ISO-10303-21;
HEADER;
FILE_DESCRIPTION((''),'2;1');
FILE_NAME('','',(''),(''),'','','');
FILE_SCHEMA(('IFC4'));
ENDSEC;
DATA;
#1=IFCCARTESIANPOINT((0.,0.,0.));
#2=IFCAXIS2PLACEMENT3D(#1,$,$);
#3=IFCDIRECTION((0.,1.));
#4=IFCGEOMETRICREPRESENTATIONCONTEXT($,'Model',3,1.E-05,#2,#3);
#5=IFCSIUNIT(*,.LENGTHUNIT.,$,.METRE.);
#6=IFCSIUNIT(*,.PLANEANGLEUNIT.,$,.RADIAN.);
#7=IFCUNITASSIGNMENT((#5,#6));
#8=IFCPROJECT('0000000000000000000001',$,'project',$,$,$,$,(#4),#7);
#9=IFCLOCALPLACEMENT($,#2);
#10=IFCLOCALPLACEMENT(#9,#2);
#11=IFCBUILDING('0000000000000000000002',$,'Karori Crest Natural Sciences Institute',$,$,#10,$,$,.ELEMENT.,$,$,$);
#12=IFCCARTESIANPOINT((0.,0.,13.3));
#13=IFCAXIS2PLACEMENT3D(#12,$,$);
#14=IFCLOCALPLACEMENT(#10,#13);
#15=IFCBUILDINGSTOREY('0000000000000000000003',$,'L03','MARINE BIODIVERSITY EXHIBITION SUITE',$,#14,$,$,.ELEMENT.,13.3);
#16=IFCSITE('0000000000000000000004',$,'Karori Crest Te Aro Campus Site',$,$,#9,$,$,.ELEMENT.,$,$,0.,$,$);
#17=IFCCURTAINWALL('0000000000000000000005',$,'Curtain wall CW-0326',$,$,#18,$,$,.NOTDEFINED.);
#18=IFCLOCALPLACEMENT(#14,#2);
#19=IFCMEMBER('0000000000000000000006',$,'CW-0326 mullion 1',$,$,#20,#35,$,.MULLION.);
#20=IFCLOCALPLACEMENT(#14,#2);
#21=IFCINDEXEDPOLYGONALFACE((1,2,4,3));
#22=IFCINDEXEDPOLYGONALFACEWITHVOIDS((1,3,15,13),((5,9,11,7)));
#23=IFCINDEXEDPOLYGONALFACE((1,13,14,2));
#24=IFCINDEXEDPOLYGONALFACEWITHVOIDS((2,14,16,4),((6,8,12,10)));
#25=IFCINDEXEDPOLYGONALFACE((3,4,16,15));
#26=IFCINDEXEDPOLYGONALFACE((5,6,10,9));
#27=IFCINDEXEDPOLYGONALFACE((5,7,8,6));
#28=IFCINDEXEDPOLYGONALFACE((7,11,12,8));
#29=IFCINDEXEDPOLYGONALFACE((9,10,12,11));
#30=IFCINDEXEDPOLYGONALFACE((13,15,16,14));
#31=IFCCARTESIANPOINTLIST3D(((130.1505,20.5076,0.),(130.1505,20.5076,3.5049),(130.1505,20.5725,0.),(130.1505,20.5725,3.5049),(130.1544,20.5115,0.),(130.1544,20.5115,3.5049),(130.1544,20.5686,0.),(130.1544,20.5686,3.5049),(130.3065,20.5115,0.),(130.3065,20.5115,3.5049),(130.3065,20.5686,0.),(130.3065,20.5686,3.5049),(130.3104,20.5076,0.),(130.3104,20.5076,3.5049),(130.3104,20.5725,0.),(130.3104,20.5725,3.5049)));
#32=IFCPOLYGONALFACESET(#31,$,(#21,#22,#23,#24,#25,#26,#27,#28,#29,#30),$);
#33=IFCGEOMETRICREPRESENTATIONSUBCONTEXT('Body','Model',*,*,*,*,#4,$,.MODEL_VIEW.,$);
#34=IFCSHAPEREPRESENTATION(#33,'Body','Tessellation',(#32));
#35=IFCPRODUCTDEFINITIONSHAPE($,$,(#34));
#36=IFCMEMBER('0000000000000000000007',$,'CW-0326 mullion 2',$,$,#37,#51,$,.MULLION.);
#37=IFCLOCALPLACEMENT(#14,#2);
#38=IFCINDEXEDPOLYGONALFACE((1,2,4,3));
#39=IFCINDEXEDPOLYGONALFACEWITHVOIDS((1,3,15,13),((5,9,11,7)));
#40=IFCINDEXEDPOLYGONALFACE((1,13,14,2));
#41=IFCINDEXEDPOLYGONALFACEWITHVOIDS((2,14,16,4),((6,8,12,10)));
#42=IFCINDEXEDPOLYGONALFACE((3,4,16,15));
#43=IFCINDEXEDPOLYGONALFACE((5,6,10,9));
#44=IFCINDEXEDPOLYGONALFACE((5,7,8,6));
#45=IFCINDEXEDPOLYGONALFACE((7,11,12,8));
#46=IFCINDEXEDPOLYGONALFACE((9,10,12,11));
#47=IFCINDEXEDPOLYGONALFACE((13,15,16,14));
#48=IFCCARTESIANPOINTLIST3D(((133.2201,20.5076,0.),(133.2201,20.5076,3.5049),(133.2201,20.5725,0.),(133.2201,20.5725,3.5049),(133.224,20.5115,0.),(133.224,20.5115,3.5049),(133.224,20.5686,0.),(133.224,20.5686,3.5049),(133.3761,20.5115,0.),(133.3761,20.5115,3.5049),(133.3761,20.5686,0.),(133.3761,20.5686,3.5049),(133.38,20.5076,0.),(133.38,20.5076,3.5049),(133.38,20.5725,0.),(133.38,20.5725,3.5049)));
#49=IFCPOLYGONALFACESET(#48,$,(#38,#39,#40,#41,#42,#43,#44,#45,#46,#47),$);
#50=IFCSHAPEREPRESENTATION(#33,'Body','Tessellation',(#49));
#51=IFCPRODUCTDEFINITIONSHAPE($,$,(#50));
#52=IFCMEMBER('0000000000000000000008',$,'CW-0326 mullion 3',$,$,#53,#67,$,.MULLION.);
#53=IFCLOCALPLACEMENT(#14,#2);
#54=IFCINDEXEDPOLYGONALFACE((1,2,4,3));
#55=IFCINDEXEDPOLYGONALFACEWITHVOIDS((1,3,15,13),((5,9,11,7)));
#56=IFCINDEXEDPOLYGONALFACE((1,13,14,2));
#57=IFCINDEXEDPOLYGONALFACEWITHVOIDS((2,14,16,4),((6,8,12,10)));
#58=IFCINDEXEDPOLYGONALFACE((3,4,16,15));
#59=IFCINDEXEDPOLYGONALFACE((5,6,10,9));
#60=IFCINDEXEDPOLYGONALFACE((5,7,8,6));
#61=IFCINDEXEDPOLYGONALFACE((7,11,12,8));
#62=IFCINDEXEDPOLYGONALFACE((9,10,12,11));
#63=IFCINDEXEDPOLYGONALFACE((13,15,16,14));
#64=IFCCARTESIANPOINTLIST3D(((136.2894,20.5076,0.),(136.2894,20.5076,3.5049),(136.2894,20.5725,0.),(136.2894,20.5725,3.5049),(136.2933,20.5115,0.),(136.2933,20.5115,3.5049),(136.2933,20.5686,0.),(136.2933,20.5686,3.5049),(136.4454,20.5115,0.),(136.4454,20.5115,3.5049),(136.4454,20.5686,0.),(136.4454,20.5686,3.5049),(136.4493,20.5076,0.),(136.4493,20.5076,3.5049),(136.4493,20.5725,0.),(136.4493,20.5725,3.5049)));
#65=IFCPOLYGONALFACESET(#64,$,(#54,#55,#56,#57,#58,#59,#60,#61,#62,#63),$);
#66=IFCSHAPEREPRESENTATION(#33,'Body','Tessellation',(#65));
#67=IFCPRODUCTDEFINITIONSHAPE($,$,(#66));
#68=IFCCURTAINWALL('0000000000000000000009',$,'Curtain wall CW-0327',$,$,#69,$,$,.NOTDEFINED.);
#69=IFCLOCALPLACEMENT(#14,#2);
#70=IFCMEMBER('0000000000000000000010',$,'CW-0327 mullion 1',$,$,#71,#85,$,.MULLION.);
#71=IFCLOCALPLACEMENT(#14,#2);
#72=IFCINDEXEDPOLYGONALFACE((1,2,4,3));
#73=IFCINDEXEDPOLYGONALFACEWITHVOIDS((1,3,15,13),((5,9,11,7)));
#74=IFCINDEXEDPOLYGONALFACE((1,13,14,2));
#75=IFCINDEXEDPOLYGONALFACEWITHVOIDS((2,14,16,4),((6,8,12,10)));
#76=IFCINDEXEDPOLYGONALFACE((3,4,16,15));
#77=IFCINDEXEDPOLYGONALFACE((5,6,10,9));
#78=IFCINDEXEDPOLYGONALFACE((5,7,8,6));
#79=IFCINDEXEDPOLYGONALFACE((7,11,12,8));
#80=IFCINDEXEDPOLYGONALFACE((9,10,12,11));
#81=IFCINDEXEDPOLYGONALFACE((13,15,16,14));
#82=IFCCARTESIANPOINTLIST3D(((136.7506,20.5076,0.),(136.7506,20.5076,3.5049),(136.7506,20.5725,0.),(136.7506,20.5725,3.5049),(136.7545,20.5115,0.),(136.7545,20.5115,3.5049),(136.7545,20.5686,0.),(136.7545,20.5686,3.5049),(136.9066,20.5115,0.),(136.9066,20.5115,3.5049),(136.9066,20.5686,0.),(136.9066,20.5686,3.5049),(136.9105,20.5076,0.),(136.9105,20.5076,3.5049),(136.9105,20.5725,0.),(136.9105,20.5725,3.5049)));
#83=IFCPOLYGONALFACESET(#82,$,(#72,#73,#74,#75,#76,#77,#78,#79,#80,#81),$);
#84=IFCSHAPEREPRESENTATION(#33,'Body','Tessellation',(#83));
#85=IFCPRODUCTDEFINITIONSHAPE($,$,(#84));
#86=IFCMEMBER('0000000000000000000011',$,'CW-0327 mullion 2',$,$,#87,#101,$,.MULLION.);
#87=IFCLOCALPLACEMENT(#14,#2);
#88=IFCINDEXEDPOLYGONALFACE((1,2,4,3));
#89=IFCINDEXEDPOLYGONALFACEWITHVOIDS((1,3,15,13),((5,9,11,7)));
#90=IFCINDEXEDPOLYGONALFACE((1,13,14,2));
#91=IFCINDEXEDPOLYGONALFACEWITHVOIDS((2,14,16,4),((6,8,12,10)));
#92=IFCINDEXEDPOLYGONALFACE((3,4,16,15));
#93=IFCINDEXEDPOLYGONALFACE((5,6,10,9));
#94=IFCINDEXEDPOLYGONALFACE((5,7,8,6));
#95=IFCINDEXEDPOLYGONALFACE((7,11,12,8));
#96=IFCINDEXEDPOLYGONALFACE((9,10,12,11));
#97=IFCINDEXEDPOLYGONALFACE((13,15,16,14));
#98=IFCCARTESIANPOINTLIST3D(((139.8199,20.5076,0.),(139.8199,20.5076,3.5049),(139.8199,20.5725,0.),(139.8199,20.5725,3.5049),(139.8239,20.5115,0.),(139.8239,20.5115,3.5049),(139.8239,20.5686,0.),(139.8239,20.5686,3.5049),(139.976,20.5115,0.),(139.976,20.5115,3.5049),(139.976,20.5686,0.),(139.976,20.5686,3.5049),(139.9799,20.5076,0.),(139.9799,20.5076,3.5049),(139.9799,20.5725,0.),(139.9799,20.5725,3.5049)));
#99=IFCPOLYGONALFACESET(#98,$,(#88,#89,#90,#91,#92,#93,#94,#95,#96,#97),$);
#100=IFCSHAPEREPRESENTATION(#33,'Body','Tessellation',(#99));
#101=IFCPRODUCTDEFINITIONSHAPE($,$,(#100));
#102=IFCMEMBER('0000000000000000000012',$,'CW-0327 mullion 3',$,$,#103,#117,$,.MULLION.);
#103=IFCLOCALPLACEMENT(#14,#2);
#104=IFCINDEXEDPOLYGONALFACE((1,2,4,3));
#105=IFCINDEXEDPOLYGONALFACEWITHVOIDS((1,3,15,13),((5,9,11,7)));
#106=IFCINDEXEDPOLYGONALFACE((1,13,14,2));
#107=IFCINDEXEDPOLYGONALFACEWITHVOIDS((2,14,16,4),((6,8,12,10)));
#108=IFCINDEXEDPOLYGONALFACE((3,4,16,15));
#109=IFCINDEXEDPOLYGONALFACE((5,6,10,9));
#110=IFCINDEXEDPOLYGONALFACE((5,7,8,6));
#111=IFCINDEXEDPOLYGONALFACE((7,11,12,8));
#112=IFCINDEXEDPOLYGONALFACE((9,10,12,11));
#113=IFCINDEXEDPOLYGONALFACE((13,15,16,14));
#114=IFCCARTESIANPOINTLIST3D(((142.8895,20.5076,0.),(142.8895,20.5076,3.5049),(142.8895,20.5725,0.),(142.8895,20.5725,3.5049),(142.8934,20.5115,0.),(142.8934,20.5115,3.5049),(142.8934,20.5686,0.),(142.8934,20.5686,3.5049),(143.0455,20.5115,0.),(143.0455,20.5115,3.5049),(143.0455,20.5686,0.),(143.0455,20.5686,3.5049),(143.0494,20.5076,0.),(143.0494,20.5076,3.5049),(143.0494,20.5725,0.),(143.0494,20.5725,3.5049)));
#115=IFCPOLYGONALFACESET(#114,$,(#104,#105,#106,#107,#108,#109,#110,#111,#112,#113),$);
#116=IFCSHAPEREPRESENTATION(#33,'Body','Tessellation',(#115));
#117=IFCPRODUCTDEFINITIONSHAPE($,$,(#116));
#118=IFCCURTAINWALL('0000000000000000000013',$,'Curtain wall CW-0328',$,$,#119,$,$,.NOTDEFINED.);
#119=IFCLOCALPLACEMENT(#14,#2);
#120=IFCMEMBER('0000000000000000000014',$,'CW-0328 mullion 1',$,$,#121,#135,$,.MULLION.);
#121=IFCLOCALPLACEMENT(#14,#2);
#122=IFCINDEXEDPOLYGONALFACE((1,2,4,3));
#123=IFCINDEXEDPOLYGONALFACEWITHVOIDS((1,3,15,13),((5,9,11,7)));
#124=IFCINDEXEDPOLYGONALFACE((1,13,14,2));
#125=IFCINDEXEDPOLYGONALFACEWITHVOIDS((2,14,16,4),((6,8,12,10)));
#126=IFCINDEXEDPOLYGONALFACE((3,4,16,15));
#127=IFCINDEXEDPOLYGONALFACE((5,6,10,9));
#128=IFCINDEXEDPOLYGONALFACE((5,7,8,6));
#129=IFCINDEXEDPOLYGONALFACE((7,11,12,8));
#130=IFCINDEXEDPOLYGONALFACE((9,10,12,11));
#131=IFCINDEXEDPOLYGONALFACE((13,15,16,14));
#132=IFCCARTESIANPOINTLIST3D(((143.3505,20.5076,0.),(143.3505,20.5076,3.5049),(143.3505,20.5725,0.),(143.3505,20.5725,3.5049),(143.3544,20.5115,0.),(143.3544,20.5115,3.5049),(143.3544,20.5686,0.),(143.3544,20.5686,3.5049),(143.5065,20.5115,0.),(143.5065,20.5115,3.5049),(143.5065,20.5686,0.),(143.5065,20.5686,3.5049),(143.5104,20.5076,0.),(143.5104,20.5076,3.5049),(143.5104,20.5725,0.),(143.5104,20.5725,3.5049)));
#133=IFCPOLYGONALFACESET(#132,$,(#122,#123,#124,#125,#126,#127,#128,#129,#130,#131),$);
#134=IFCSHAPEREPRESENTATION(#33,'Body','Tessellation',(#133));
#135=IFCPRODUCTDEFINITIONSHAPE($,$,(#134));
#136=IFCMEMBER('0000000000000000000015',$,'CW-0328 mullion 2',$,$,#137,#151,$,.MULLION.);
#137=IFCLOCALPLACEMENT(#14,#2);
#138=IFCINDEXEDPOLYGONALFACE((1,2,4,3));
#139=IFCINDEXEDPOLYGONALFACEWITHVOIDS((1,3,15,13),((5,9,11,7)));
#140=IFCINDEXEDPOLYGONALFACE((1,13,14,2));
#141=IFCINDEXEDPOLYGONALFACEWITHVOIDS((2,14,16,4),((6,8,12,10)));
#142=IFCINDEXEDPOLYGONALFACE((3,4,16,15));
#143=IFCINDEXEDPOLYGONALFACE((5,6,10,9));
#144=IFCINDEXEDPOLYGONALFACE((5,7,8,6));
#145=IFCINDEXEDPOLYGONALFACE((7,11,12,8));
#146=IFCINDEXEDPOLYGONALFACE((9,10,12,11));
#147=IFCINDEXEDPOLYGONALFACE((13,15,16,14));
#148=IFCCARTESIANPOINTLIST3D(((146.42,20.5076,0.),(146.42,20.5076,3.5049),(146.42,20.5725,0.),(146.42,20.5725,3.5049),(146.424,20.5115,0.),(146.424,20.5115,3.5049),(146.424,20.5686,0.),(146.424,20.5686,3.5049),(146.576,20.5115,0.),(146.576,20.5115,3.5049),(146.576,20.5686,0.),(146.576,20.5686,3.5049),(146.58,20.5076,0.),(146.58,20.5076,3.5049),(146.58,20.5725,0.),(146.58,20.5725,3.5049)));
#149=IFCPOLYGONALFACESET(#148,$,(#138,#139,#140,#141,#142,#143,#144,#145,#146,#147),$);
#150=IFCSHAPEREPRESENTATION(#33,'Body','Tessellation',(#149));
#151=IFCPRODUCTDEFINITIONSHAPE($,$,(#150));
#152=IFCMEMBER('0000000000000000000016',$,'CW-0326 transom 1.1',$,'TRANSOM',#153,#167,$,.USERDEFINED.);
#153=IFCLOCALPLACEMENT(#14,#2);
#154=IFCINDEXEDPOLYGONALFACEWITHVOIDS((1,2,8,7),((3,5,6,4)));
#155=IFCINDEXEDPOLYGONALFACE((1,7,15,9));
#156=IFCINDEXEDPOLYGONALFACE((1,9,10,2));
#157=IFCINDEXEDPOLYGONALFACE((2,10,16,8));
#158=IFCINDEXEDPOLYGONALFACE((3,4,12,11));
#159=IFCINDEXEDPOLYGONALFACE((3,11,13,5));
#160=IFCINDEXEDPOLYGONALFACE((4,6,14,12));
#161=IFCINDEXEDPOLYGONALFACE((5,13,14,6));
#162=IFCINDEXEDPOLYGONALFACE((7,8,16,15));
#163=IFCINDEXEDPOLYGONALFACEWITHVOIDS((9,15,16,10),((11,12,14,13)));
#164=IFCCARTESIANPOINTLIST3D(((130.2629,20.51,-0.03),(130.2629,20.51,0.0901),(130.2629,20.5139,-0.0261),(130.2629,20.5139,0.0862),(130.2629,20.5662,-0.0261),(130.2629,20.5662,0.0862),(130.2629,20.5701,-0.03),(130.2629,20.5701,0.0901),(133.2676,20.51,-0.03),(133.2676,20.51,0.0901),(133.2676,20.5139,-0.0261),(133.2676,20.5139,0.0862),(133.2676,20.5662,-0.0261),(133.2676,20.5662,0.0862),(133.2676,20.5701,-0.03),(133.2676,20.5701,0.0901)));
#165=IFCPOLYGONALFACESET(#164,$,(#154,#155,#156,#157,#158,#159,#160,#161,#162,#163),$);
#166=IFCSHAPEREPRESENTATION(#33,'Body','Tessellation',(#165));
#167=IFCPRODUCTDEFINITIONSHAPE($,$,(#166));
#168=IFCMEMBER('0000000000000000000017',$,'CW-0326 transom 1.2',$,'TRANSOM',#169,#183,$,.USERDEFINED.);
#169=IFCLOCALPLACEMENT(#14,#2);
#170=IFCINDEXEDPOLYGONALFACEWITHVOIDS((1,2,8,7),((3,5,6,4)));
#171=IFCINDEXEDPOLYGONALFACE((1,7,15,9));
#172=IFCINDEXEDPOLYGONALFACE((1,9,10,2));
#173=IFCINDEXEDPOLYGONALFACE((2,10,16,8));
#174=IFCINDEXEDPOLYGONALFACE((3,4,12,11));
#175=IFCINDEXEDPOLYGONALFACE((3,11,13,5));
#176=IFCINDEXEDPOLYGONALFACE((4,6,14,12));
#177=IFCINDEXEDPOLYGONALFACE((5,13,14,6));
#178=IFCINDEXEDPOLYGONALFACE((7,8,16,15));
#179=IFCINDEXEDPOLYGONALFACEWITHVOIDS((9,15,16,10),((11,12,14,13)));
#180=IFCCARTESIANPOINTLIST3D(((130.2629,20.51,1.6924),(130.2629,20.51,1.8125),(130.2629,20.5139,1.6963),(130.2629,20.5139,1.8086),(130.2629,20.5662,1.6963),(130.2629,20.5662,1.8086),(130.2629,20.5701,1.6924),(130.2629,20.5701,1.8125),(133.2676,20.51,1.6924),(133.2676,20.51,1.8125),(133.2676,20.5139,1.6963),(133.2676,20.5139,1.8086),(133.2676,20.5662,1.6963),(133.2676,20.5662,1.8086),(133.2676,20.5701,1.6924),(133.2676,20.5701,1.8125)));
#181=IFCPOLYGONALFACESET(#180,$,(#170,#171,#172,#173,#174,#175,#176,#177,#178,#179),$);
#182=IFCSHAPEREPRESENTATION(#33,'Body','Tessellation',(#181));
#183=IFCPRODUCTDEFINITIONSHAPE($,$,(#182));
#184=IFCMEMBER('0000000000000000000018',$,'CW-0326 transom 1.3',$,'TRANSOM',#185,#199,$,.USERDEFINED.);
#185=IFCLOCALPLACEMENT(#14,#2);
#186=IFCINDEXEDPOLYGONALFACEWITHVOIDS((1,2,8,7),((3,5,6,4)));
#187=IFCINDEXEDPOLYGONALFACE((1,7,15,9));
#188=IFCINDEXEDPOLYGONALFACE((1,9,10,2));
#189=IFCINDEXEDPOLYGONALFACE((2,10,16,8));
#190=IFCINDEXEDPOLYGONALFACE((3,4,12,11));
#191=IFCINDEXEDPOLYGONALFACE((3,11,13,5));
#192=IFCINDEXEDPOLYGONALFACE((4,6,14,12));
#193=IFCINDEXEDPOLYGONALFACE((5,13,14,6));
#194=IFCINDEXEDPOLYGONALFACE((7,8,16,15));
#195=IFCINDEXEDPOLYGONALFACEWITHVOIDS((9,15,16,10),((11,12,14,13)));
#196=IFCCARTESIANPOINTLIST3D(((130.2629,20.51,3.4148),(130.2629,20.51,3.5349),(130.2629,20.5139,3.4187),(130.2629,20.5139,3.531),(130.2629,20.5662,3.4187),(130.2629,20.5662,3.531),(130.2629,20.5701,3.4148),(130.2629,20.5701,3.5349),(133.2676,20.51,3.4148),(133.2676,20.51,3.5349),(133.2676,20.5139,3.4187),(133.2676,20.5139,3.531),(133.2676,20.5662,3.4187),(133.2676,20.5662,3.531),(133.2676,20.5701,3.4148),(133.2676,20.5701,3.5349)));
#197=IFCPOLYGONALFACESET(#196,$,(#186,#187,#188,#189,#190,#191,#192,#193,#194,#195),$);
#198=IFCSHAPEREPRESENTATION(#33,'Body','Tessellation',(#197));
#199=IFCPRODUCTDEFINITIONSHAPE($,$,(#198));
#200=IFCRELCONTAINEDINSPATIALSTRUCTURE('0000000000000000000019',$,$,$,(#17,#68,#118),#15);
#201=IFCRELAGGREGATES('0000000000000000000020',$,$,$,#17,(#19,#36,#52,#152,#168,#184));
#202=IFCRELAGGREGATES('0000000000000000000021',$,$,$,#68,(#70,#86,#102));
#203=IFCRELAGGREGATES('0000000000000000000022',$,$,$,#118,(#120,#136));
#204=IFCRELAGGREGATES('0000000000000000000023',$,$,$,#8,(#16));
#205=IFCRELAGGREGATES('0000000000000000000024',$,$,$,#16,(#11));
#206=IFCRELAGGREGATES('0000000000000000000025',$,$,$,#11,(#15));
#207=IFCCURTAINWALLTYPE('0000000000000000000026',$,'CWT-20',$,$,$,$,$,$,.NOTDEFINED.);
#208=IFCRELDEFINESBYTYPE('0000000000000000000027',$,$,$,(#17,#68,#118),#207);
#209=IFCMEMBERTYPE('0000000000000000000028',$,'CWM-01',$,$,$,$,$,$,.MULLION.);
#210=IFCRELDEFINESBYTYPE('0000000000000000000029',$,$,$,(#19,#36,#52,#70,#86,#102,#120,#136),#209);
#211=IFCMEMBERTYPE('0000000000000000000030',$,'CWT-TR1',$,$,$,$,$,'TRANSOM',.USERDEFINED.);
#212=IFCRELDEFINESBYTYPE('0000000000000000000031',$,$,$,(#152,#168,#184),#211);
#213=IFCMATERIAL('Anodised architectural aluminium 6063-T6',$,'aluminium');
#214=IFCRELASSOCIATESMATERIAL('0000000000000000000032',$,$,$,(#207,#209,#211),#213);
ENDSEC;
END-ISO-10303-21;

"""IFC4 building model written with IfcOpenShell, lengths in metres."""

from ifc_helpers import new_model, si_unit, direction, frame, origin, origin_2d, place, context, subcontext, project, spatial, hollow_rectangle, extrude, material, material_profile, profile_set, type_object, element, aggregate, save


model = new_model("IFC4")

# Units and contexts
model_context = context("Model", 3, precision=1e-05, world=origin(), true_north=direction((0.0, 1.0)))
body_context = subcontext(model_context, "Body", "Model", "MODEL_VIEW")
ifc_project = project(units=[si_unit("LENGTHUNIT", "METRE"), si_unit("PLANEANGLEUNIT", "RADIAN")], contexts=[model_context])

# Site, building, storey
site_placement = place(None, origin())
site = spatial("IfcSite", under=ifc_project, at=site_placement, Name="Karori Crest Te Aro Campus Site", CompositionType="ELEMENT", RefElevation=0.0)
building_placement = place(site_placement, origin())
building = spatial("IfcBuilding", under=site, at=building_placement, Name="Karori Crest Natural Sciences Institute", CompositionType="ELEMENT")
storey_placement = place(building_placement, frame((0.0, 0.0, 13.3)))
storey = spatial("IfcBuildingStorey", under=building, at=storey_placement, Name="L03", Description="MARINE BIODIVERSITY EXHIBITION SUITE", CompositionType="ELEMENT", Elevation=13.3)

# Curtain walls, members
ifc_material_1 = material(Name="Anodised architectural aluminium 6063-T6", Category="aluminium")
curtain_wall_type = type_object("IfcCurtainWallType", Name="CWT-20", PredefinedType="NOTDEFINED", material=ifc_material_1)
curtain_wall_1_placement = place(storey_placement, origin())
curtain_wall_1 = element("IfcCurtainWall", 1, at=curtain_wall_1_placement, inside=storey, type_object=curtain_wall_type, Name="Curtain wall CW-0326", PredefinedType="NOTDEFINED")
ifc_material_profile_1 = material_profile(ifc_material_1, hollow_rectangle(XDim=0.0649, YDim=0.1599, WallThickness=0.0039, at=origin_2d()), Name="CWM160x65x4")
ifc_profile_set_1 = profile_set([ifc_material_profile_1], Name="Anodised architectural aluminium 6063-T6")
member_type_1 = type_object("IfcMemberType", Name="CWM-01", PredefinedType="MULLION", material=ifc_profile_set_1)
member_1_placement = place(storey_placement, frame((130.2305, 20.54, 0.0), z_axis=(0.0, 0.0, 1.0), x_axis=(0.0, 1.0, 0.0)))
member_1 = element("IfcMember", 2, at=member_1_placement, type_object=member_type_1, Name="CW-0326 mullion 1", PredefinedType="MULLION", context=body_context, shape_type="SweptSolid", body=[
    extrude(hollow_rectangle(XDim=0.0649, YDim=0.1599, WallThickness=0.0039, at=origin_2d()), origin(), (0.0, 0.0, 1.0), 3.5049),
])
member_2_placement = place(storey_placement, frame((133.3, 20.54, 0.0), z_axis=(0.0, 0.0, 1.0), x_axis=(0.0, 1.0, 0.0)))
member_2 = element("IfcMember", 3, at=member_2_placement, type_object=member_type_1, Name="CW-0326 mullion 2", PredefinedType="MULLION", context=body_context, shape_type="SweptSolid", body=[
    extrude(hollow_rectangle(XDim=0.0649, YDim=0.1599, WallThickness=0.0039, at=origin_2d()), origin(), (0.0, 0.0, 1.0), 3.5049),
])
member_3_placement = place(storey_placement, frame((136.3694, 20.54, 0.0), z_axis=(0.0, 0.0, 1.0), x_axis=(0.0, 1.0, 0.0)))
member_3 = element("IfcMember", 4, at=member_3_placement, type_object=member_type_1, Name="CW-0326 mullion 3", PredefinedType="MULLION", context=body_context, shape_type="SweptSolid", body=[
    extrude(hollow_rectangle(XDim=0.0649, YDim=0.1599, WallThickness=0.0039, at=origin_2d()), origin(), (0.0, 0.0, 1.0), 3.5049),
])
curtain_wall_2_placement = place(storey_placement, origin())
curtain_wall_2 = element("IfcCurtainWall", 5, at=curtain_wall_2_placement, inside=storey, type_object=curtain_wall_type, Name="Curtain wall CW-0327", PredefinedType="NOTDEFINED")
member_4_placement = place(storey_placement, frame((136.8306, 20.54, 0.0), z_axis=(0.0, 0.0, 1.0), x_axis=(0.0, 1.0, 0.0)))
member_4 = element("IfcMember", 6, at=member_4_placement, type_object=member_type_1, Name="CW-0327 mullion 1", PredefinedType="MULLION", context=body_context, shape_type="SweptSolid", body=[
    extrude(hollow_rectangle(XDim=0.0649, YDim=0.1599, WallThickness=0.0039, at=origin_2d()), origin(), (0.0, 0.0, 1.0), 3.5049),
])
member_5_placement = place(storey_placement, frame((139.8999, 20.54, 0.0), z_axis=(0.0, 0.0, 1.0), x_axis=(0.0, 1.0, 0.0)))
member_5 = element("IfcMember", 7, at=member_5_placement, type_object=member_type_1, Name="CW-0327 mullion 2", PredefinedType="MULLION", context=body_context, shape_type="SweptSolid", body=[
    extrude(hollow_rectangle(XDim=0.0649, YDim=0.1599, WallThickness=0.0039, at=origin_2d()), origin(), (0.0, 0.0, 1.0), 3.5049),
])
member_6_placement = place(storey_placement, frame((142.9695, 20.54, 0.0), z_axis=(0.0, 0.0, 1.0), x_axis=(0.0, 1.0, 0.0)))
member_6 = element("IfcMember", 8, at=member_6_placement, type_object=member_type_1, Name="CW-0327 mullion 3", PredefinedType="MULLION", context=body_context, shape_type="SweptSolid", body=[
    extrude(hollow_rectangle(XDim=0.0649, YDim=0.1599, WallThickness=0.0039, at=origin_2d()), origin(), (0.0, 0.0, 1.0), 3.5049),
])
curtain_wall_3_placement = place(storey_placement, origin())
curtain_wall_3 = element("IfcCurtainWall", 9, at=curtain_wall_3_placement, inside=storey, type_object=curtain_wall_type, Name="Curtain wall CW-0328", PredefinedType="NOTDEFINED")
member_7_placement = place(storey_placement, frame((143.4304, 20.54, 0.0), z_axis=(0.0, 0.0, 1.0), x_axis=(0.0, 1.0, 0.0)))
member_7 = element("IfcMember", 10, at=member_7_placement, type_object=member_type_1, Name="CW-0328 mullion 1", PredefinedType="MULLION", context=body_context, shape_type="SweptSolid", body=[
    extrude(hollow_rectangle(XDim=0.0649, YDim=0.1599, WallThickness=0.0039, at=origin_2d()), origin(), (0.0, 0.0, 1.0), 3.5049),
])
member_8_placement = place(storey_placement, frame((146.5, 20.54, 0.0), z_axis=(0.0, 0.0, 1.0), x_axis=(0.0, 1.0, 0.0)))
member_8 = element("IfcMember", 11, at=member_8_placement, type_object=member_type_1, Name="CW-0328 mullion 2", PredefinedType="MULLION", context=body_context, shape_type="SweptSolid", body=[
    extrude(hollow_rectangle(XDim=0.0649, YDim=0.1599, WallThickness=0.0039, at=origin_2d()), origin(), (0.0, 0.0, 1.0), 3.5049),
])

# Members
ifc_material_profile_2 = material_profile(ifc_material_1, hollow_rectangle(XDim=0.0601, YDim=0.1201, WallThickness=0.0039, at=origin_2d()), Name="CWT120x60x4")
ifc_profile_set_2 = profile_set([ifc_material_profile_2], Name="Anodised architectural aluminium 6063-T6")
member_type_2 = type_object("IfcMemberType", Name="CWT-TR1", ElementType="TRANSOM", PredefinedType="USERDEFINED", material=ifc_profile_set_2)
member_9_placement = place(storey_placement, frame((130.2629, 20.54, 0.03), z_axis=(1.0, 0.0, 0.0), x_axis=(0.0, 1.0, 0.0)))
member_9 = element("IfcMember", 12, at=member_9_placement, type_object=member_type_2, Name="CW-0326 transom 1.1", ObjectType="TRANSOM", PredefinedType="USERDEFINED", context=body_context, shape_type="SweptSolid", body=[
    extrude(hollow_rectangle(XDim=0.0601, YDim=0.1201, WallThickness=0.0039, at=origin_2d()), origin(), (0.0, 0.0, 1.0), 3.0046),
])
member_10_placement = place(storey_placement, frame((130.2629, 20.54, 1.7524), z_axis=(1.0, 0.0, 0.0), x_axis=(0.0, 1.0, 0.0)))
member_10 = element("IfcMember", 13, at=member_10_placement, type_object=member_type_2, Name="CW-0326 transom 1.2", ObjectType="TRANSOM", PredefinedType="USERDEFINED", context=body_context, shape_type="SweptSolid", body=[
    extrude(hollow_rectangle(XDim=0.0601, YDim=0.1201, WallThickness=0.0039, at=origin_2d()), origin(), (0.0, 0.0, 1.0), 3.0046),
])
member_11_placement = place(storey_placement, frame((130.2629, 20.54, 3.4749), z_axis=(1.0, 0.0, 0.0), x_axis=(0.0, 1.0, 0.0)))
member_11 = element("IfcMember", 14, at=member_11_placement, type_object=member_type_2, Name="CW-0326 transom 1.3", ObjectType="TRANSOM", PredefinedType="USERDEFINED", context=body_context, shape_type="SweptSolid", body=[
    extrude(hollow_rectangle(XDim=0.0601, YDim=0.1201, WallThickness=0.0039, at=origin_2d()), origin(), (0.0, 0.0, 1.0), 3.0046),
])

aggregate(curtain_wall_1, [member_1, member_2, member_3, member_9, member_10, member_11])
aggregate(curtain_wall_2, [member_4, member_5, member_6])
aggregate(curtain_wall_3, [member_7, member_8])

save(model, "model.ifc")
